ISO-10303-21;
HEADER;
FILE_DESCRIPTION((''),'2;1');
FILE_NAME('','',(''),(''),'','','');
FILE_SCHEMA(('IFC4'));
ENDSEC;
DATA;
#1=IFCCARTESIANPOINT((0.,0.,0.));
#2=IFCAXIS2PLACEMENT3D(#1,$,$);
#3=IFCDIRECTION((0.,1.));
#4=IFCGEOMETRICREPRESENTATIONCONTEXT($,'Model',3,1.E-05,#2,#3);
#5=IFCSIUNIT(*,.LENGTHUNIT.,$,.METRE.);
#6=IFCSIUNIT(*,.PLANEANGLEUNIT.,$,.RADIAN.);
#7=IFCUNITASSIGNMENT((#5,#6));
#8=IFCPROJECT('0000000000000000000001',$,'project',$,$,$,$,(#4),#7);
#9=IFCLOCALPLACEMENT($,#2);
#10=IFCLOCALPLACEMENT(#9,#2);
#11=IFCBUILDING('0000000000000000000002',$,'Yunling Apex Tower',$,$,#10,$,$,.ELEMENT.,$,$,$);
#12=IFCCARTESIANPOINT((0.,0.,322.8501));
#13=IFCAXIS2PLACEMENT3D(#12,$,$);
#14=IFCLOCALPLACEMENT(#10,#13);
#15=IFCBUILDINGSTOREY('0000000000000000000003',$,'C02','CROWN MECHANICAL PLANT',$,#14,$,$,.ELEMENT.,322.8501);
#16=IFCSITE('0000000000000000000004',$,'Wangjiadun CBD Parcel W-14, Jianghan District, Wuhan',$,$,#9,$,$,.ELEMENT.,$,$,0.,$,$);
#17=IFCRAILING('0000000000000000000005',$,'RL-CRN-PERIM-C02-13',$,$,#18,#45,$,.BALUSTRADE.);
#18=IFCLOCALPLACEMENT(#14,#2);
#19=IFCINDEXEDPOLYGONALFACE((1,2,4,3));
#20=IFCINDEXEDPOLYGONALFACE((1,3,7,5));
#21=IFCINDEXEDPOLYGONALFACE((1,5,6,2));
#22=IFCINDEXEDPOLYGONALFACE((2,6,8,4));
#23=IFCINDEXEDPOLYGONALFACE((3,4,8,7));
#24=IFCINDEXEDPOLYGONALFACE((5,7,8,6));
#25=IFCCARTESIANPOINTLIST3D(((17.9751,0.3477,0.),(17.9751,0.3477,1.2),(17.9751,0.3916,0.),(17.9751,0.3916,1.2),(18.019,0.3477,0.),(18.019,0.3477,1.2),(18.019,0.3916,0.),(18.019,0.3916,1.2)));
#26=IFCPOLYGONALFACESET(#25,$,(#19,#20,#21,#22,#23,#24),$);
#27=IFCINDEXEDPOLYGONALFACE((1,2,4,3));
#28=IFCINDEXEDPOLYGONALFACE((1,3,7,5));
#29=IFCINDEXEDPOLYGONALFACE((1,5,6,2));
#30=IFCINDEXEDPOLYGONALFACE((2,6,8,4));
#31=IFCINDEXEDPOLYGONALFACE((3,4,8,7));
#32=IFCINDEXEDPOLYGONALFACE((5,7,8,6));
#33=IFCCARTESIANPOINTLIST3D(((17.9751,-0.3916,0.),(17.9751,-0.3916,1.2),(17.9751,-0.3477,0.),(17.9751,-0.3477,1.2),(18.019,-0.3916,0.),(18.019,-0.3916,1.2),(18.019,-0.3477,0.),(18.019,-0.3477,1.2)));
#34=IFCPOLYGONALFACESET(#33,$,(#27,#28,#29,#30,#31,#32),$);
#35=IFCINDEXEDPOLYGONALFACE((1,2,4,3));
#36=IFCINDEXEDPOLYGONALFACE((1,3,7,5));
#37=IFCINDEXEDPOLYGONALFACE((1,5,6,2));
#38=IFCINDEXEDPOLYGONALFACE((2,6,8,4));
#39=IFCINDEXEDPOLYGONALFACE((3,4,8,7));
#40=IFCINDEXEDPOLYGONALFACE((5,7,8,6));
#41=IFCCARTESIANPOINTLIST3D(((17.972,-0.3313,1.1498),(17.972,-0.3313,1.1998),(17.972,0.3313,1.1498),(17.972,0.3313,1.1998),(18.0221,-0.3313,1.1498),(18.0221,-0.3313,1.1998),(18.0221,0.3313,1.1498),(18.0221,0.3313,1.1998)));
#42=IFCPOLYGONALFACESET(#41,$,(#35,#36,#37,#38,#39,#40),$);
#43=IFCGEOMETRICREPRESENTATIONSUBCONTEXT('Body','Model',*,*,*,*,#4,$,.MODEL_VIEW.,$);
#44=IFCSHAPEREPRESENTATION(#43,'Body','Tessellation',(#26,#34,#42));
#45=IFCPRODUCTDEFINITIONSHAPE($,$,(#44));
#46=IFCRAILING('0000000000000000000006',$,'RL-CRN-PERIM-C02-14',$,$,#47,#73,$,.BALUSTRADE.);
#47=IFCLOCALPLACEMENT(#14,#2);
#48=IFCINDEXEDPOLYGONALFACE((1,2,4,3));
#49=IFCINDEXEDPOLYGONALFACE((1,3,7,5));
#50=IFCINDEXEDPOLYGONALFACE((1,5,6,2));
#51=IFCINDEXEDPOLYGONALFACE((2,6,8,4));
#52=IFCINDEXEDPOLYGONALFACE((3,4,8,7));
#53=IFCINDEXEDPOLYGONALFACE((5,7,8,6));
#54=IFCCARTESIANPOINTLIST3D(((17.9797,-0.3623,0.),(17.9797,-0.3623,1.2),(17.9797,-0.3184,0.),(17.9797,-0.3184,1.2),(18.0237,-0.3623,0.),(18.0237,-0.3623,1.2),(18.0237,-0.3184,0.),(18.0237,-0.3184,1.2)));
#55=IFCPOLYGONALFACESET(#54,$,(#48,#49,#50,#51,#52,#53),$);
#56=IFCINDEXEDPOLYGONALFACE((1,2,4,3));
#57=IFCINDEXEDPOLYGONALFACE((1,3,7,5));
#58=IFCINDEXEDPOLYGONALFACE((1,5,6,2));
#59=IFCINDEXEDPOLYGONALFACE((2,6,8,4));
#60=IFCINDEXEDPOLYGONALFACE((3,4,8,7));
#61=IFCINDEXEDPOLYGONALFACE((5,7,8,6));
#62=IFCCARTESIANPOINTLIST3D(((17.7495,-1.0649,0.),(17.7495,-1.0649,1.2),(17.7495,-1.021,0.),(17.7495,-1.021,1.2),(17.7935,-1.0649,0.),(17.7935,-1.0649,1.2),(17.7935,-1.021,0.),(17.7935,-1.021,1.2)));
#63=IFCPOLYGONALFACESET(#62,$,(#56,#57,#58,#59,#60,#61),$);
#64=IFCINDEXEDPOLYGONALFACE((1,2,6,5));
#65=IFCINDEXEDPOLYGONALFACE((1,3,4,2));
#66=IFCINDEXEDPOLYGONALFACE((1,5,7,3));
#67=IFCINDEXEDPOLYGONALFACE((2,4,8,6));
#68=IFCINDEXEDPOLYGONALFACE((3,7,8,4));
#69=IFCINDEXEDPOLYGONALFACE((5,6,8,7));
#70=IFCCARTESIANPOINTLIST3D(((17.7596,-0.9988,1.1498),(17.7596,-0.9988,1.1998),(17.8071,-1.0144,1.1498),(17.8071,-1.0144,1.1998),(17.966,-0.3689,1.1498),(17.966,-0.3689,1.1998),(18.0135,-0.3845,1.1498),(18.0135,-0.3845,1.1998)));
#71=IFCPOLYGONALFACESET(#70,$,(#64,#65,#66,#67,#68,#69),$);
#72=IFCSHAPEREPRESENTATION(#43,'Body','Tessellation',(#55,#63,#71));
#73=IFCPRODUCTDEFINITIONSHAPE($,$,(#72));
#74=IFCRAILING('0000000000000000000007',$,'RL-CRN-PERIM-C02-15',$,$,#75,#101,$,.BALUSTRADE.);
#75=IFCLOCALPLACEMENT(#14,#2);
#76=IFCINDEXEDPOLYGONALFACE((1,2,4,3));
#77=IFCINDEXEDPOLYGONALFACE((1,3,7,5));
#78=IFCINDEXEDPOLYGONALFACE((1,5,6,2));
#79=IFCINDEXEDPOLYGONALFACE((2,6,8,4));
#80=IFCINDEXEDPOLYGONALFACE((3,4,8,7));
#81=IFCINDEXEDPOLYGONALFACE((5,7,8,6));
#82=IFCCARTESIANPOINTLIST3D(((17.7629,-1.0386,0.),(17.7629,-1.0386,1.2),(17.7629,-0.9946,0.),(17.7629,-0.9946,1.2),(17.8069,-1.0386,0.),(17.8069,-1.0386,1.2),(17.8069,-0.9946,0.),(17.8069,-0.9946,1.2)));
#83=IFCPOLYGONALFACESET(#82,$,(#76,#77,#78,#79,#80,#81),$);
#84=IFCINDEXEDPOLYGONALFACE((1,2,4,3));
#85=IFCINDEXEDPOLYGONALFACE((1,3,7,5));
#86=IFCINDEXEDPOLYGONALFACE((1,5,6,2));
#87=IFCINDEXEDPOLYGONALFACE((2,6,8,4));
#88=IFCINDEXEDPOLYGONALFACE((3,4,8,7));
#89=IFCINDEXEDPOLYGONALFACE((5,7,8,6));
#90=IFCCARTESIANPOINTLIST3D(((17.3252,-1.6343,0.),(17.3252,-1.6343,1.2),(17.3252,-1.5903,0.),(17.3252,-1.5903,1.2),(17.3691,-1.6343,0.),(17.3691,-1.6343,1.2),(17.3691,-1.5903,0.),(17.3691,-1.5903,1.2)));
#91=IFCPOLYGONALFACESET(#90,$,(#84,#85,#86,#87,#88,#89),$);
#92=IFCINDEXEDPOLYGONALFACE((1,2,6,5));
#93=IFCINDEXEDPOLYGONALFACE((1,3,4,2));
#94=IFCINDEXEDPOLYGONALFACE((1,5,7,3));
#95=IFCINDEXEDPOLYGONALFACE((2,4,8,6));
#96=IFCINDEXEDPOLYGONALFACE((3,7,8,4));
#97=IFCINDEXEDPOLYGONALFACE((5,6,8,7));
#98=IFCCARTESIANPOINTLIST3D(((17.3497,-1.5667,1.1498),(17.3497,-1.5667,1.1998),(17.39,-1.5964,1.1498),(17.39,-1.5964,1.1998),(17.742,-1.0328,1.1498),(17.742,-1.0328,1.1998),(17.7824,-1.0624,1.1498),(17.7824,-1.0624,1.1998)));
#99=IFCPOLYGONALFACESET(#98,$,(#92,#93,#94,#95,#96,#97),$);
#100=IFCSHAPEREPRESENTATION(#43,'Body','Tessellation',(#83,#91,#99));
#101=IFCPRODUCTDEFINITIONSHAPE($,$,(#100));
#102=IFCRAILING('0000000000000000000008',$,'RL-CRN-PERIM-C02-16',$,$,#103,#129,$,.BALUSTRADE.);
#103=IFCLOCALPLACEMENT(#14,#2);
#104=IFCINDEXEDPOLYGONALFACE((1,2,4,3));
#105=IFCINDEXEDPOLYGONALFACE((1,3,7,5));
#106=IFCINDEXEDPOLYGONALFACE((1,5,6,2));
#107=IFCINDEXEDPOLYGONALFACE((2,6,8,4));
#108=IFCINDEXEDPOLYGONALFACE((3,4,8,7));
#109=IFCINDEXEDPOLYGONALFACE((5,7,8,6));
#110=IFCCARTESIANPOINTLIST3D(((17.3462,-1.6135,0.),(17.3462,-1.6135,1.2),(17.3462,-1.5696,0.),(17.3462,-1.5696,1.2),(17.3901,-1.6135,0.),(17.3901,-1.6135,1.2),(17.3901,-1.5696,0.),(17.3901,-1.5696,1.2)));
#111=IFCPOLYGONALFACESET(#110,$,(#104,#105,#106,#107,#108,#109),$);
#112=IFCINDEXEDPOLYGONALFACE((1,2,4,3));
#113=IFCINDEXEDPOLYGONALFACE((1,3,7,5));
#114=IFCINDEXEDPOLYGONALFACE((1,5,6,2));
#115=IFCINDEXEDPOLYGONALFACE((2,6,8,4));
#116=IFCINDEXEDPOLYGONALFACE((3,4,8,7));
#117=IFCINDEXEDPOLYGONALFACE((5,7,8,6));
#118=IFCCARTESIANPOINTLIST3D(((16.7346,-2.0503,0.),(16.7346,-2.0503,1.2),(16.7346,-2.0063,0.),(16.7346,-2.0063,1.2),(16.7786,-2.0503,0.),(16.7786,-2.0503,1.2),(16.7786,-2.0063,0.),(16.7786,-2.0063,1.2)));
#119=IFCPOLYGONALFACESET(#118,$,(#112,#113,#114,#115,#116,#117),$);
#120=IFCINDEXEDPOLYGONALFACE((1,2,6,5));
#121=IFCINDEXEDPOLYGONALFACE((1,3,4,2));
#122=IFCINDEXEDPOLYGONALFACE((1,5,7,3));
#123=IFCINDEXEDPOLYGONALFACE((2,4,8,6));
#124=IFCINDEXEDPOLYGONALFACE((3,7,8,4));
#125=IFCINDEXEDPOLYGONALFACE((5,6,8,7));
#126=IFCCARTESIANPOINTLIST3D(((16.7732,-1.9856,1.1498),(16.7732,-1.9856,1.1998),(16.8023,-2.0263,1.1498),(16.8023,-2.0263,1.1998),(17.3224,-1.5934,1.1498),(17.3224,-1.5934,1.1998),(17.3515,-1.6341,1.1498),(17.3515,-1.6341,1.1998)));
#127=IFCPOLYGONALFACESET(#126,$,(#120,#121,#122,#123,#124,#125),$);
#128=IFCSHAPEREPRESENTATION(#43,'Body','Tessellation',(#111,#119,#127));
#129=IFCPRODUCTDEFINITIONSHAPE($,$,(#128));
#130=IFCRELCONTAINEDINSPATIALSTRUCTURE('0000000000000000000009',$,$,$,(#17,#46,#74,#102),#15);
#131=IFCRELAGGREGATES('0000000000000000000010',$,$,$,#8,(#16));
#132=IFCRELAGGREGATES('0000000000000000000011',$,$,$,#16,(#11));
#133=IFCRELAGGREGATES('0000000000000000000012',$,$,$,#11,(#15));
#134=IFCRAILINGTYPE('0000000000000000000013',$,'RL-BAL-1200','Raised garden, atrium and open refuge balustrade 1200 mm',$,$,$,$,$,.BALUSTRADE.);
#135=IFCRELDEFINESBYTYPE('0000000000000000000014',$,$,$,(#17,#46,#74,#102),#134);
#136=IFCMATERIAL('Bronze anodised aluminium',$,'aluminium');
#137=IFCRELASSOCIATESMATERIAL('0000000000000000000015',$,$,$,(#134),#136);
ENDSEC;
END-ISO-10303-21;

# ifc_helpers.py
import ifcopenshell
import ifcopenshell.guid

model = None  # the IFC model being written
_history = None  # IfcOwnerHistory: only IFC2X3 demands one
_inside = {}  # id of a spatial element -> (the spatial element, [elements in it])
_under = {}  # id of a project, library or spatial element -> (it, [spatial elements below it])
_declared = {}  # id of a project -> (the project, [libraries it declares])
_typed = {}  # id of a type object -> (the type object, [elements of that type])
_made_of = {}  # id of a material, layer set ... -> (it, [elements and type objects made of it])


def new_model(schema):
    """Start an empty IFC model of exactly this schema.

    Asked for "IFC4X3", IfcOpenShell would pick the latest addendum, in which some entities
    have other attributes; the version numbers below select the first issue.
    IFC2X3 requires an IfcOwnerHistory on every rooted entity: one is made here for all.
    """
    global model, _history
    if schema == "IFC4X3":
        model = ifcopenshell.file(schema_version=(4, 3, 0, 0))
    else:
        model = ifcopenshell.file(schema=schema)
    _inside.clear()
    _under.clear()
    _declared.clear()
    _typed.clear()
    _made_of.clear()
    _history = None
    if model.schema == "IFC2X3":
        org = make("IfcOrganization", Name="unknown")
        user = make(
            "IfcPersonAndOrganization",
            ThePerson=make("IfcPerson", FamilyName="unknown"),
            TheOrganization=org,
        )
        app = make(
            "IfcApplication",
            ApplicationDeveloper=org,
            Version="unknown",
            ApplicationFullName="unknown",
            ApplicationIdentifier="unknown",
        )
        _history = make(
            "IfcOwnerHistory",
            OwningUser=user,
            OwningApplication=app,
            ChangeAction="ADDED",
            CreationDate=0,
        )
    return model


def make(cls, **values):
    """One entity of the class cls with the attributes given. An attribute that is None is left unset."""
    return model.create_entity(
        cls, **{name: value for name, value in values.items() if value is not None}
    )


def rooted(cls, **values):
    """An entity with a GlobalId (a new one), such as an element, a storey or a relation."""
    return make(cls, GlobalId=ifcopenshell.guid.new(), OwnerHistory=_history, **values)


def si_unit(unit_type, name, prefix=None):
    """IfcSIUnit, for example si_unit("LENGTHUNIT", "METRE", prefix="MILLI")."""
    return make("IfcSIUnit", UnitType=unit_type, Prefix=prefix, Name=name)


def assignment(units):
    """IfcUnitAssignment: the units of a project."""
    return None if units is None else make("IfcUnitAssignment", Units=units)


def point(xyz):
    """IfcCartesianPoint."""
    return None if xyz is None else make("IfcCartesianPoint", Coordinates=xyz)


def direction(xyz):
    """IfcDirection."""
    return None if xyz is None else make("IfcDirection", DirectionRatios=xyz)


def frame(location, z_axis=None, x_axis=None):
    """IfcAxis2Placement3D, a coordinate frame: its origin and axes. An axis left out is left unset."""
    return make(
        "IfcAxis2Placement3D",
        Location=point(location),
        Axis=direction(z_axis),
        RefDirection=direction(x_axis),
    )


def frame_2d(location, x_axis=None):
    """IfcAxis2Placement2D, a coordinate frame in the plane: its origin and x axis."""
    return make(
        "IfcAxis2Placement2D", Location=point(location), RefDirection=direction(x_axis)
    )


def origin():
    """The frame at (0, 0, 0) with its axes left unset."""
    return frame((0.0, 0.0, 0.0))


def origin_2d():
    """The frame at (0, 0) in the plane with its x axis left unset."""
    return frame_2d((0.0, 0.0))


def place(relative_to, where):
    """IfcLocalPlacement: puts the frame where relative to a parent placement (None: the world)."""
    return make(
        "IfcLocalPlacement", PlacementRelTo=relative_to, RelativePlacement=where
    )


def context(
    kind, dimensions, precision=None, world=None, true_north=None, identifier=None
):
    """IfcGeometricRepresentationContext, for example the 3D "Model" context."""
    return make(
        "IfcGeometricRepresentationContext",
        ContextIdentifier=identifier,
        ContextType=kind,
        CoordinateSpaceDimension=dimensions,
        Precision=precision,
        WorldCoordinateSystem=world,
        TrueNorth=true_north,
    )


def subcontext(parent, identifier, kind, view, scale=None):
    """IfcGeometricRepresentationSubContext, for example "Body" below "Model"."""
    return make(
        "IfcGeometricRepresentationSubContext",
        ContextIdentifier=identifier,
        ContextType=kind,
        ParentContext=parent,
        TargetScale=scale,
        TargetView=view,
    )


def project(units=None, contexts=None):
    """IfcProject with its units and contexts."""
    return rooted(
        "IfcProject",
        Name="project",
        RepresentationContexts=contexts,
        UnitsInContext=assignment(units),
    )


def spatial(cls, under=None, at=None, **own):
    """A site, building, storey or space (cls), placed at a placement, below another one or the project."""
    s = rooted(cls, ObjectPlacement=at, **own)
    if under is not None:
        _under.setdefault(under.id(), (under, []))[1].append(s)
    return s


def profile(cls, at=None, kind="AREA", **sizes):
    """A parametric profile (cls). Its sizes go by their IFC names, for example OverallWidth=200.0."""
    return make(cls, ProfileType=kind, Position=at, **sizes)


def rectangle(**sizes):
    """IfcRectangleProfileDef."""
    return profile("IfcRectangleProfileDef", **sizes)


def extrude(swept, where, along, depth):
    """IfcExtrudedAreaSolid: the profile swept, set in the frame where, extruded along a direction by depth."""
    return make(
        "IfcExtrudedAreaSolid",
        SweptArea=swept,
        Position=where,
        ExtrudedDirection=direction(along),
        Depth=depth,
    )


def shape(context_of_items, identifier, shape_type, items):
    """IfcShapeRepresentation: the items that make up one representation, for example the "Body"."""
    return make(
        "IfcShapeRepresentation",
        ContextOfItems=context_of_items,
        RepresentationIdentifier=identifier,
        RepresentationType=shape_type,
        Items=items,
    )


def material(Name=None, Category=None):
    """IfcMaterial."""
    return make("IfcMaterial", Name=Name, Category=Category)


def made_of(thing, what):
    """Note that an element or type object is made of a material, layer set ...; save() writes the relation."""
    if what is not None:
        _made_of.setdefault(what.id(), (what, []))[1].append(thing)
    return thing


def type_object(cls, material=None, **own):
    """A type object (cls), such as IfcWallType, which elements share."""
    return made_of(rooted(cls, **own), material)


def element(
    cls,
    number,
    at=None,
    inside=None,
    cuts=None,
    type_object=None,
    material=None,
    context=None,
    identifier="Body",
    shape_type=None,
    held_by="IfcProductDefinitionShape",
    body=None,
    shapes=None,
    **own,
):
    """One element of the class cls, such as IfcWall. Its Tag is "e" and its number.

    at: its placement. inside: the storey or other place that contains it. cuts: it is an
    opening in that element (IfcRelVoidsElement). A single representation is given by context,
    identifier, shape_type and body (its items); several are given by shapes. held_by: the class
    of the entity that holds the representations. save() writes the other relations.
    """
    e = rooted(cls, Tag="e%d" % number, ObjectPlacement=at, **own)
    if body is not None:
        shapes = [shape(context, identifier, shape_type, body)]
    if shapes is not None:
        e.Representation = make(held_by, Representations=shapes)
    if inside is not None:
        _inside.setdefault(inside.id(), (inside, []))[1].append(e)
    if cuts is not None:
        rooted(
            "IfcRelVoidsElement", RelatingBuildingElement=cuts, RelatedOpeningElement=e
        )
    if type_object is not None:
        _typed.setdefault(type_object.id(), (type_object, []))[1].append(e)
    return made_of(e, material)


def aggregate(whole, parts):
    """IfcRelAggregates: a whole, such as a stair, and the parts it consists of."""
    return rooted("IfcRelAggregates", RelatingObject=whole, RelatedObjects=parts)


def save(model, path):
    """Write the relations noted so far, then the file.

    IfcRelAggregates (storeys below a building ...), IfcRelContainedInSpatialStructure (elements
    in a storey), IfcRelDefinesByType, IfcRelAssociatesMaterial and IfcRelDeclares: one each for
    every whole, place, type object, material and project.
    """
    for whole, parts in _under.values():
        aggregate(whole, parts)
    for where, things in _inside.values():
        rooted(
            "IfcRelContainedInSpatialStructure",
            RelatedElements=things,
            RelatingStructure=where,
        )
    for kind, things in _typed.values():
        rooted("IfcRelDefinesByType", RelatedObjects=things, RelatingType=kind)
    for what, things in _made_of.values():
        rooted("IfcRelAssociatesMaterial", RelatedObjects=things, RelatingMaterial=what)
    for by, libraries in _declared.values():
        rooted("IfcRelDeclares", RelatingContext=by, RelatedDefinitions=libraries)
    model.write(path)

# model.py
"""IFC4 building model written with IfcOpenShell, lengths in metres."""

from ifc_helpers import new_model, si_unit, direction, frame, origin, origin_2d, place, context, subcontext, project, spatial, rectangle, extrude, material, type_object, element, save


model = new_model("IFC4")

# Units and contexts
model_context = context("Model", 3, precision=1e-05, world=origin(), true_north=direction((0.0, 1.0)))
body_context = subcontext(model_context, "Body", "Model", "MODEL_VIEW")
ifc_project = project(units=[si_unit("LENGTHUNIT", "METRE"), si_unit("PLANEANGLEUNIT", "RADIAN")], contexts=[model_context])

# Site, building, storey
site_placement = place(None, origin())
site = spatial("IfcSite", under=ifc_project, at=site_placement, Name="Wangjiadun CBD Parcel W-14, Jianghan District, Wuhan", CompositionType="ELEMENT", RefElevation=0.0)
building_placement = place(site_placement, origin())
building = spatial("IfcBuilding", under=site, at=building_placement, Name="Yunling Apex Tower", CompositionType="ELEMENT")
storey_placement = place(building_placement, frame((0.0, 0.0, 322.8501)))
storey = spatial("IfcBuildingStorey", under=building, at=storey_placement, Name="C02", Description="CROWN MECHANICAL PLANT", CompositionType="ELEMENT", Elevation=322.8501)

# Shared definitions
ifc_material_1 = material(Name="Bronze anodised aluminium", Category="aluminium")

# Railings
railing_type = type_object("IfcRailingType", Name="RL-BAL-1200", Description="Raised garden, atrium and open refuge balustrade 1200 mm", PredefinedType="BALUSTRADE", material=ifc_material_1)
railing_1_placement = place(storey_placement, frame((17.9971, 0.3696, 0.0)))
element("IfcRailing", 1, at=railing_1_placement, inside=storey, type_object=railing_type, Name="RL-CRN-PERIM-C02-13", PredefinedType="BALUSTRADE", context=body_context, shape_type="SweptSolid", body=[
    extrude(rectangle(XDim=0.0439, YDim=0.0439, at=origin_2d()), origin(), (0.0, 0.0, 1.0), 1.2),
    extrude(rectangle(XDim=0.0439, YDim=0.0439, at=origin_2d()), frame((0.0, -0.7393, 0.0)), (0.0, 0.0, 1.0), 1.2),
    extrude(rectangle(XDim=0.05, YDim=0.05, at=origin_2d()), frame((0.0, -0.0383, 1.1748), z_axis=(0.0, -1.0, 0.0), x_axis=(1.0, 0.0, 0.0)), (0.0, 0.0, 1.0), 0.6626),
])
railing_2_placement = place(storey_placement, frame((18.0017, -0.3403, 0.0)))
element("IfcRailing", 2, at=railing_2_placement, inside=storey, type_object=railing_type, Name="RL-CRN-PERIM-C02-14", PredefinedType="BALUSTRADE", context=body_context, shape_type="SweptSolid", body=[
    extrude(rectangle(XDim=0.0439, YDim=0.0439, at=origin_2d()), origin(), (0.0, 0.0, 1.0), 1.2),
    extrude(rectangle(XDim=0.0439, YDim=0.0439, at=origin_2d()), frame((-0.2302, -0.7026, 0.0)), (0.0, 0.0, 1.0), 1.2),
    extrude(rectangle(XDim=0.05, YDim=0.05, at=origin_2d()), frame((-0.012, -0.0364, 1.1748), z_axis=(-0.31137, -0.950289, 0.0), x_axis=(0.950289, -0.31137, 0.0)), (0.0, 0.0, 1.0), 0.6628),
])
railing_3_placement = place(storey_placement, frame((17.7849, -1.0166, 0.0)))
element("IfcRailing", 3, at=railing_3_placement, inside=storey, type_object=railing_type, Name="RL-CRN-PERIM-C02-15", PredefinedType="BALUSTRADE", context=body_context, shape_type="SweptSolid", body=[
    extrude(rectangle(XDim=0.0439, YDim=0.0439, at=origin_2d()), origin(), (0.0, 0.0, 1.0), 1.2),
    extrude(rectangle(XDim=0.0439, YDim=0.0439, at=origin_2d()), frame((-0.4377, -0.5957, 0.0)), (0.0, 0.0, 1.0), 1.2),
    extrude(rectangle(XDim=0.05, YDim=0.05, at=origin_2d()), frame((-0.0227, -0.031, 1.1748), z_axis=(-0.592151, -0.805827, 0.0), x_axis=(0.805827, -0.592151, 0.0)), (0.0, 0.0, 1.0), 0.6626),
])
railing_4_placement = place(storey_placement, frame((17.3682, -1.5916, 0.0)))
element("IfcRailing", 4, at=railing_4_placement, inside=storey, type_object=railing_type, Name="RL-CRN-PERIM-C02-16", PredefinedType="BALUSTRADE", context=body_context, shape_type="SweptSolid", body=[
    extrude(rectangle(XDim=0.0439, YDim=0.0439, at=origin_2d()), origin(), (0.0, 0.0, 1.0), 1.2),
    extrude(rectangle(XDim=0.0439, YDim=0.0439, at=origin_2d()), frame((-0.6116, -0.4368, 0.0)), (0.0, 0.0, 1.0), 1.2),
    extrude(rectangle(XDim=0.05, YDim=0.05, at=origin_2d()), frame((-0.0312, -0.0222, 1.1748), z_axis=(-0.813777, -0.581177, 0.0), x_axis=(0.581177, -0.813777, 0.0)), (0.0, 0.0, 1.0), 0.6748),
])

save(model, "model.ifc")
